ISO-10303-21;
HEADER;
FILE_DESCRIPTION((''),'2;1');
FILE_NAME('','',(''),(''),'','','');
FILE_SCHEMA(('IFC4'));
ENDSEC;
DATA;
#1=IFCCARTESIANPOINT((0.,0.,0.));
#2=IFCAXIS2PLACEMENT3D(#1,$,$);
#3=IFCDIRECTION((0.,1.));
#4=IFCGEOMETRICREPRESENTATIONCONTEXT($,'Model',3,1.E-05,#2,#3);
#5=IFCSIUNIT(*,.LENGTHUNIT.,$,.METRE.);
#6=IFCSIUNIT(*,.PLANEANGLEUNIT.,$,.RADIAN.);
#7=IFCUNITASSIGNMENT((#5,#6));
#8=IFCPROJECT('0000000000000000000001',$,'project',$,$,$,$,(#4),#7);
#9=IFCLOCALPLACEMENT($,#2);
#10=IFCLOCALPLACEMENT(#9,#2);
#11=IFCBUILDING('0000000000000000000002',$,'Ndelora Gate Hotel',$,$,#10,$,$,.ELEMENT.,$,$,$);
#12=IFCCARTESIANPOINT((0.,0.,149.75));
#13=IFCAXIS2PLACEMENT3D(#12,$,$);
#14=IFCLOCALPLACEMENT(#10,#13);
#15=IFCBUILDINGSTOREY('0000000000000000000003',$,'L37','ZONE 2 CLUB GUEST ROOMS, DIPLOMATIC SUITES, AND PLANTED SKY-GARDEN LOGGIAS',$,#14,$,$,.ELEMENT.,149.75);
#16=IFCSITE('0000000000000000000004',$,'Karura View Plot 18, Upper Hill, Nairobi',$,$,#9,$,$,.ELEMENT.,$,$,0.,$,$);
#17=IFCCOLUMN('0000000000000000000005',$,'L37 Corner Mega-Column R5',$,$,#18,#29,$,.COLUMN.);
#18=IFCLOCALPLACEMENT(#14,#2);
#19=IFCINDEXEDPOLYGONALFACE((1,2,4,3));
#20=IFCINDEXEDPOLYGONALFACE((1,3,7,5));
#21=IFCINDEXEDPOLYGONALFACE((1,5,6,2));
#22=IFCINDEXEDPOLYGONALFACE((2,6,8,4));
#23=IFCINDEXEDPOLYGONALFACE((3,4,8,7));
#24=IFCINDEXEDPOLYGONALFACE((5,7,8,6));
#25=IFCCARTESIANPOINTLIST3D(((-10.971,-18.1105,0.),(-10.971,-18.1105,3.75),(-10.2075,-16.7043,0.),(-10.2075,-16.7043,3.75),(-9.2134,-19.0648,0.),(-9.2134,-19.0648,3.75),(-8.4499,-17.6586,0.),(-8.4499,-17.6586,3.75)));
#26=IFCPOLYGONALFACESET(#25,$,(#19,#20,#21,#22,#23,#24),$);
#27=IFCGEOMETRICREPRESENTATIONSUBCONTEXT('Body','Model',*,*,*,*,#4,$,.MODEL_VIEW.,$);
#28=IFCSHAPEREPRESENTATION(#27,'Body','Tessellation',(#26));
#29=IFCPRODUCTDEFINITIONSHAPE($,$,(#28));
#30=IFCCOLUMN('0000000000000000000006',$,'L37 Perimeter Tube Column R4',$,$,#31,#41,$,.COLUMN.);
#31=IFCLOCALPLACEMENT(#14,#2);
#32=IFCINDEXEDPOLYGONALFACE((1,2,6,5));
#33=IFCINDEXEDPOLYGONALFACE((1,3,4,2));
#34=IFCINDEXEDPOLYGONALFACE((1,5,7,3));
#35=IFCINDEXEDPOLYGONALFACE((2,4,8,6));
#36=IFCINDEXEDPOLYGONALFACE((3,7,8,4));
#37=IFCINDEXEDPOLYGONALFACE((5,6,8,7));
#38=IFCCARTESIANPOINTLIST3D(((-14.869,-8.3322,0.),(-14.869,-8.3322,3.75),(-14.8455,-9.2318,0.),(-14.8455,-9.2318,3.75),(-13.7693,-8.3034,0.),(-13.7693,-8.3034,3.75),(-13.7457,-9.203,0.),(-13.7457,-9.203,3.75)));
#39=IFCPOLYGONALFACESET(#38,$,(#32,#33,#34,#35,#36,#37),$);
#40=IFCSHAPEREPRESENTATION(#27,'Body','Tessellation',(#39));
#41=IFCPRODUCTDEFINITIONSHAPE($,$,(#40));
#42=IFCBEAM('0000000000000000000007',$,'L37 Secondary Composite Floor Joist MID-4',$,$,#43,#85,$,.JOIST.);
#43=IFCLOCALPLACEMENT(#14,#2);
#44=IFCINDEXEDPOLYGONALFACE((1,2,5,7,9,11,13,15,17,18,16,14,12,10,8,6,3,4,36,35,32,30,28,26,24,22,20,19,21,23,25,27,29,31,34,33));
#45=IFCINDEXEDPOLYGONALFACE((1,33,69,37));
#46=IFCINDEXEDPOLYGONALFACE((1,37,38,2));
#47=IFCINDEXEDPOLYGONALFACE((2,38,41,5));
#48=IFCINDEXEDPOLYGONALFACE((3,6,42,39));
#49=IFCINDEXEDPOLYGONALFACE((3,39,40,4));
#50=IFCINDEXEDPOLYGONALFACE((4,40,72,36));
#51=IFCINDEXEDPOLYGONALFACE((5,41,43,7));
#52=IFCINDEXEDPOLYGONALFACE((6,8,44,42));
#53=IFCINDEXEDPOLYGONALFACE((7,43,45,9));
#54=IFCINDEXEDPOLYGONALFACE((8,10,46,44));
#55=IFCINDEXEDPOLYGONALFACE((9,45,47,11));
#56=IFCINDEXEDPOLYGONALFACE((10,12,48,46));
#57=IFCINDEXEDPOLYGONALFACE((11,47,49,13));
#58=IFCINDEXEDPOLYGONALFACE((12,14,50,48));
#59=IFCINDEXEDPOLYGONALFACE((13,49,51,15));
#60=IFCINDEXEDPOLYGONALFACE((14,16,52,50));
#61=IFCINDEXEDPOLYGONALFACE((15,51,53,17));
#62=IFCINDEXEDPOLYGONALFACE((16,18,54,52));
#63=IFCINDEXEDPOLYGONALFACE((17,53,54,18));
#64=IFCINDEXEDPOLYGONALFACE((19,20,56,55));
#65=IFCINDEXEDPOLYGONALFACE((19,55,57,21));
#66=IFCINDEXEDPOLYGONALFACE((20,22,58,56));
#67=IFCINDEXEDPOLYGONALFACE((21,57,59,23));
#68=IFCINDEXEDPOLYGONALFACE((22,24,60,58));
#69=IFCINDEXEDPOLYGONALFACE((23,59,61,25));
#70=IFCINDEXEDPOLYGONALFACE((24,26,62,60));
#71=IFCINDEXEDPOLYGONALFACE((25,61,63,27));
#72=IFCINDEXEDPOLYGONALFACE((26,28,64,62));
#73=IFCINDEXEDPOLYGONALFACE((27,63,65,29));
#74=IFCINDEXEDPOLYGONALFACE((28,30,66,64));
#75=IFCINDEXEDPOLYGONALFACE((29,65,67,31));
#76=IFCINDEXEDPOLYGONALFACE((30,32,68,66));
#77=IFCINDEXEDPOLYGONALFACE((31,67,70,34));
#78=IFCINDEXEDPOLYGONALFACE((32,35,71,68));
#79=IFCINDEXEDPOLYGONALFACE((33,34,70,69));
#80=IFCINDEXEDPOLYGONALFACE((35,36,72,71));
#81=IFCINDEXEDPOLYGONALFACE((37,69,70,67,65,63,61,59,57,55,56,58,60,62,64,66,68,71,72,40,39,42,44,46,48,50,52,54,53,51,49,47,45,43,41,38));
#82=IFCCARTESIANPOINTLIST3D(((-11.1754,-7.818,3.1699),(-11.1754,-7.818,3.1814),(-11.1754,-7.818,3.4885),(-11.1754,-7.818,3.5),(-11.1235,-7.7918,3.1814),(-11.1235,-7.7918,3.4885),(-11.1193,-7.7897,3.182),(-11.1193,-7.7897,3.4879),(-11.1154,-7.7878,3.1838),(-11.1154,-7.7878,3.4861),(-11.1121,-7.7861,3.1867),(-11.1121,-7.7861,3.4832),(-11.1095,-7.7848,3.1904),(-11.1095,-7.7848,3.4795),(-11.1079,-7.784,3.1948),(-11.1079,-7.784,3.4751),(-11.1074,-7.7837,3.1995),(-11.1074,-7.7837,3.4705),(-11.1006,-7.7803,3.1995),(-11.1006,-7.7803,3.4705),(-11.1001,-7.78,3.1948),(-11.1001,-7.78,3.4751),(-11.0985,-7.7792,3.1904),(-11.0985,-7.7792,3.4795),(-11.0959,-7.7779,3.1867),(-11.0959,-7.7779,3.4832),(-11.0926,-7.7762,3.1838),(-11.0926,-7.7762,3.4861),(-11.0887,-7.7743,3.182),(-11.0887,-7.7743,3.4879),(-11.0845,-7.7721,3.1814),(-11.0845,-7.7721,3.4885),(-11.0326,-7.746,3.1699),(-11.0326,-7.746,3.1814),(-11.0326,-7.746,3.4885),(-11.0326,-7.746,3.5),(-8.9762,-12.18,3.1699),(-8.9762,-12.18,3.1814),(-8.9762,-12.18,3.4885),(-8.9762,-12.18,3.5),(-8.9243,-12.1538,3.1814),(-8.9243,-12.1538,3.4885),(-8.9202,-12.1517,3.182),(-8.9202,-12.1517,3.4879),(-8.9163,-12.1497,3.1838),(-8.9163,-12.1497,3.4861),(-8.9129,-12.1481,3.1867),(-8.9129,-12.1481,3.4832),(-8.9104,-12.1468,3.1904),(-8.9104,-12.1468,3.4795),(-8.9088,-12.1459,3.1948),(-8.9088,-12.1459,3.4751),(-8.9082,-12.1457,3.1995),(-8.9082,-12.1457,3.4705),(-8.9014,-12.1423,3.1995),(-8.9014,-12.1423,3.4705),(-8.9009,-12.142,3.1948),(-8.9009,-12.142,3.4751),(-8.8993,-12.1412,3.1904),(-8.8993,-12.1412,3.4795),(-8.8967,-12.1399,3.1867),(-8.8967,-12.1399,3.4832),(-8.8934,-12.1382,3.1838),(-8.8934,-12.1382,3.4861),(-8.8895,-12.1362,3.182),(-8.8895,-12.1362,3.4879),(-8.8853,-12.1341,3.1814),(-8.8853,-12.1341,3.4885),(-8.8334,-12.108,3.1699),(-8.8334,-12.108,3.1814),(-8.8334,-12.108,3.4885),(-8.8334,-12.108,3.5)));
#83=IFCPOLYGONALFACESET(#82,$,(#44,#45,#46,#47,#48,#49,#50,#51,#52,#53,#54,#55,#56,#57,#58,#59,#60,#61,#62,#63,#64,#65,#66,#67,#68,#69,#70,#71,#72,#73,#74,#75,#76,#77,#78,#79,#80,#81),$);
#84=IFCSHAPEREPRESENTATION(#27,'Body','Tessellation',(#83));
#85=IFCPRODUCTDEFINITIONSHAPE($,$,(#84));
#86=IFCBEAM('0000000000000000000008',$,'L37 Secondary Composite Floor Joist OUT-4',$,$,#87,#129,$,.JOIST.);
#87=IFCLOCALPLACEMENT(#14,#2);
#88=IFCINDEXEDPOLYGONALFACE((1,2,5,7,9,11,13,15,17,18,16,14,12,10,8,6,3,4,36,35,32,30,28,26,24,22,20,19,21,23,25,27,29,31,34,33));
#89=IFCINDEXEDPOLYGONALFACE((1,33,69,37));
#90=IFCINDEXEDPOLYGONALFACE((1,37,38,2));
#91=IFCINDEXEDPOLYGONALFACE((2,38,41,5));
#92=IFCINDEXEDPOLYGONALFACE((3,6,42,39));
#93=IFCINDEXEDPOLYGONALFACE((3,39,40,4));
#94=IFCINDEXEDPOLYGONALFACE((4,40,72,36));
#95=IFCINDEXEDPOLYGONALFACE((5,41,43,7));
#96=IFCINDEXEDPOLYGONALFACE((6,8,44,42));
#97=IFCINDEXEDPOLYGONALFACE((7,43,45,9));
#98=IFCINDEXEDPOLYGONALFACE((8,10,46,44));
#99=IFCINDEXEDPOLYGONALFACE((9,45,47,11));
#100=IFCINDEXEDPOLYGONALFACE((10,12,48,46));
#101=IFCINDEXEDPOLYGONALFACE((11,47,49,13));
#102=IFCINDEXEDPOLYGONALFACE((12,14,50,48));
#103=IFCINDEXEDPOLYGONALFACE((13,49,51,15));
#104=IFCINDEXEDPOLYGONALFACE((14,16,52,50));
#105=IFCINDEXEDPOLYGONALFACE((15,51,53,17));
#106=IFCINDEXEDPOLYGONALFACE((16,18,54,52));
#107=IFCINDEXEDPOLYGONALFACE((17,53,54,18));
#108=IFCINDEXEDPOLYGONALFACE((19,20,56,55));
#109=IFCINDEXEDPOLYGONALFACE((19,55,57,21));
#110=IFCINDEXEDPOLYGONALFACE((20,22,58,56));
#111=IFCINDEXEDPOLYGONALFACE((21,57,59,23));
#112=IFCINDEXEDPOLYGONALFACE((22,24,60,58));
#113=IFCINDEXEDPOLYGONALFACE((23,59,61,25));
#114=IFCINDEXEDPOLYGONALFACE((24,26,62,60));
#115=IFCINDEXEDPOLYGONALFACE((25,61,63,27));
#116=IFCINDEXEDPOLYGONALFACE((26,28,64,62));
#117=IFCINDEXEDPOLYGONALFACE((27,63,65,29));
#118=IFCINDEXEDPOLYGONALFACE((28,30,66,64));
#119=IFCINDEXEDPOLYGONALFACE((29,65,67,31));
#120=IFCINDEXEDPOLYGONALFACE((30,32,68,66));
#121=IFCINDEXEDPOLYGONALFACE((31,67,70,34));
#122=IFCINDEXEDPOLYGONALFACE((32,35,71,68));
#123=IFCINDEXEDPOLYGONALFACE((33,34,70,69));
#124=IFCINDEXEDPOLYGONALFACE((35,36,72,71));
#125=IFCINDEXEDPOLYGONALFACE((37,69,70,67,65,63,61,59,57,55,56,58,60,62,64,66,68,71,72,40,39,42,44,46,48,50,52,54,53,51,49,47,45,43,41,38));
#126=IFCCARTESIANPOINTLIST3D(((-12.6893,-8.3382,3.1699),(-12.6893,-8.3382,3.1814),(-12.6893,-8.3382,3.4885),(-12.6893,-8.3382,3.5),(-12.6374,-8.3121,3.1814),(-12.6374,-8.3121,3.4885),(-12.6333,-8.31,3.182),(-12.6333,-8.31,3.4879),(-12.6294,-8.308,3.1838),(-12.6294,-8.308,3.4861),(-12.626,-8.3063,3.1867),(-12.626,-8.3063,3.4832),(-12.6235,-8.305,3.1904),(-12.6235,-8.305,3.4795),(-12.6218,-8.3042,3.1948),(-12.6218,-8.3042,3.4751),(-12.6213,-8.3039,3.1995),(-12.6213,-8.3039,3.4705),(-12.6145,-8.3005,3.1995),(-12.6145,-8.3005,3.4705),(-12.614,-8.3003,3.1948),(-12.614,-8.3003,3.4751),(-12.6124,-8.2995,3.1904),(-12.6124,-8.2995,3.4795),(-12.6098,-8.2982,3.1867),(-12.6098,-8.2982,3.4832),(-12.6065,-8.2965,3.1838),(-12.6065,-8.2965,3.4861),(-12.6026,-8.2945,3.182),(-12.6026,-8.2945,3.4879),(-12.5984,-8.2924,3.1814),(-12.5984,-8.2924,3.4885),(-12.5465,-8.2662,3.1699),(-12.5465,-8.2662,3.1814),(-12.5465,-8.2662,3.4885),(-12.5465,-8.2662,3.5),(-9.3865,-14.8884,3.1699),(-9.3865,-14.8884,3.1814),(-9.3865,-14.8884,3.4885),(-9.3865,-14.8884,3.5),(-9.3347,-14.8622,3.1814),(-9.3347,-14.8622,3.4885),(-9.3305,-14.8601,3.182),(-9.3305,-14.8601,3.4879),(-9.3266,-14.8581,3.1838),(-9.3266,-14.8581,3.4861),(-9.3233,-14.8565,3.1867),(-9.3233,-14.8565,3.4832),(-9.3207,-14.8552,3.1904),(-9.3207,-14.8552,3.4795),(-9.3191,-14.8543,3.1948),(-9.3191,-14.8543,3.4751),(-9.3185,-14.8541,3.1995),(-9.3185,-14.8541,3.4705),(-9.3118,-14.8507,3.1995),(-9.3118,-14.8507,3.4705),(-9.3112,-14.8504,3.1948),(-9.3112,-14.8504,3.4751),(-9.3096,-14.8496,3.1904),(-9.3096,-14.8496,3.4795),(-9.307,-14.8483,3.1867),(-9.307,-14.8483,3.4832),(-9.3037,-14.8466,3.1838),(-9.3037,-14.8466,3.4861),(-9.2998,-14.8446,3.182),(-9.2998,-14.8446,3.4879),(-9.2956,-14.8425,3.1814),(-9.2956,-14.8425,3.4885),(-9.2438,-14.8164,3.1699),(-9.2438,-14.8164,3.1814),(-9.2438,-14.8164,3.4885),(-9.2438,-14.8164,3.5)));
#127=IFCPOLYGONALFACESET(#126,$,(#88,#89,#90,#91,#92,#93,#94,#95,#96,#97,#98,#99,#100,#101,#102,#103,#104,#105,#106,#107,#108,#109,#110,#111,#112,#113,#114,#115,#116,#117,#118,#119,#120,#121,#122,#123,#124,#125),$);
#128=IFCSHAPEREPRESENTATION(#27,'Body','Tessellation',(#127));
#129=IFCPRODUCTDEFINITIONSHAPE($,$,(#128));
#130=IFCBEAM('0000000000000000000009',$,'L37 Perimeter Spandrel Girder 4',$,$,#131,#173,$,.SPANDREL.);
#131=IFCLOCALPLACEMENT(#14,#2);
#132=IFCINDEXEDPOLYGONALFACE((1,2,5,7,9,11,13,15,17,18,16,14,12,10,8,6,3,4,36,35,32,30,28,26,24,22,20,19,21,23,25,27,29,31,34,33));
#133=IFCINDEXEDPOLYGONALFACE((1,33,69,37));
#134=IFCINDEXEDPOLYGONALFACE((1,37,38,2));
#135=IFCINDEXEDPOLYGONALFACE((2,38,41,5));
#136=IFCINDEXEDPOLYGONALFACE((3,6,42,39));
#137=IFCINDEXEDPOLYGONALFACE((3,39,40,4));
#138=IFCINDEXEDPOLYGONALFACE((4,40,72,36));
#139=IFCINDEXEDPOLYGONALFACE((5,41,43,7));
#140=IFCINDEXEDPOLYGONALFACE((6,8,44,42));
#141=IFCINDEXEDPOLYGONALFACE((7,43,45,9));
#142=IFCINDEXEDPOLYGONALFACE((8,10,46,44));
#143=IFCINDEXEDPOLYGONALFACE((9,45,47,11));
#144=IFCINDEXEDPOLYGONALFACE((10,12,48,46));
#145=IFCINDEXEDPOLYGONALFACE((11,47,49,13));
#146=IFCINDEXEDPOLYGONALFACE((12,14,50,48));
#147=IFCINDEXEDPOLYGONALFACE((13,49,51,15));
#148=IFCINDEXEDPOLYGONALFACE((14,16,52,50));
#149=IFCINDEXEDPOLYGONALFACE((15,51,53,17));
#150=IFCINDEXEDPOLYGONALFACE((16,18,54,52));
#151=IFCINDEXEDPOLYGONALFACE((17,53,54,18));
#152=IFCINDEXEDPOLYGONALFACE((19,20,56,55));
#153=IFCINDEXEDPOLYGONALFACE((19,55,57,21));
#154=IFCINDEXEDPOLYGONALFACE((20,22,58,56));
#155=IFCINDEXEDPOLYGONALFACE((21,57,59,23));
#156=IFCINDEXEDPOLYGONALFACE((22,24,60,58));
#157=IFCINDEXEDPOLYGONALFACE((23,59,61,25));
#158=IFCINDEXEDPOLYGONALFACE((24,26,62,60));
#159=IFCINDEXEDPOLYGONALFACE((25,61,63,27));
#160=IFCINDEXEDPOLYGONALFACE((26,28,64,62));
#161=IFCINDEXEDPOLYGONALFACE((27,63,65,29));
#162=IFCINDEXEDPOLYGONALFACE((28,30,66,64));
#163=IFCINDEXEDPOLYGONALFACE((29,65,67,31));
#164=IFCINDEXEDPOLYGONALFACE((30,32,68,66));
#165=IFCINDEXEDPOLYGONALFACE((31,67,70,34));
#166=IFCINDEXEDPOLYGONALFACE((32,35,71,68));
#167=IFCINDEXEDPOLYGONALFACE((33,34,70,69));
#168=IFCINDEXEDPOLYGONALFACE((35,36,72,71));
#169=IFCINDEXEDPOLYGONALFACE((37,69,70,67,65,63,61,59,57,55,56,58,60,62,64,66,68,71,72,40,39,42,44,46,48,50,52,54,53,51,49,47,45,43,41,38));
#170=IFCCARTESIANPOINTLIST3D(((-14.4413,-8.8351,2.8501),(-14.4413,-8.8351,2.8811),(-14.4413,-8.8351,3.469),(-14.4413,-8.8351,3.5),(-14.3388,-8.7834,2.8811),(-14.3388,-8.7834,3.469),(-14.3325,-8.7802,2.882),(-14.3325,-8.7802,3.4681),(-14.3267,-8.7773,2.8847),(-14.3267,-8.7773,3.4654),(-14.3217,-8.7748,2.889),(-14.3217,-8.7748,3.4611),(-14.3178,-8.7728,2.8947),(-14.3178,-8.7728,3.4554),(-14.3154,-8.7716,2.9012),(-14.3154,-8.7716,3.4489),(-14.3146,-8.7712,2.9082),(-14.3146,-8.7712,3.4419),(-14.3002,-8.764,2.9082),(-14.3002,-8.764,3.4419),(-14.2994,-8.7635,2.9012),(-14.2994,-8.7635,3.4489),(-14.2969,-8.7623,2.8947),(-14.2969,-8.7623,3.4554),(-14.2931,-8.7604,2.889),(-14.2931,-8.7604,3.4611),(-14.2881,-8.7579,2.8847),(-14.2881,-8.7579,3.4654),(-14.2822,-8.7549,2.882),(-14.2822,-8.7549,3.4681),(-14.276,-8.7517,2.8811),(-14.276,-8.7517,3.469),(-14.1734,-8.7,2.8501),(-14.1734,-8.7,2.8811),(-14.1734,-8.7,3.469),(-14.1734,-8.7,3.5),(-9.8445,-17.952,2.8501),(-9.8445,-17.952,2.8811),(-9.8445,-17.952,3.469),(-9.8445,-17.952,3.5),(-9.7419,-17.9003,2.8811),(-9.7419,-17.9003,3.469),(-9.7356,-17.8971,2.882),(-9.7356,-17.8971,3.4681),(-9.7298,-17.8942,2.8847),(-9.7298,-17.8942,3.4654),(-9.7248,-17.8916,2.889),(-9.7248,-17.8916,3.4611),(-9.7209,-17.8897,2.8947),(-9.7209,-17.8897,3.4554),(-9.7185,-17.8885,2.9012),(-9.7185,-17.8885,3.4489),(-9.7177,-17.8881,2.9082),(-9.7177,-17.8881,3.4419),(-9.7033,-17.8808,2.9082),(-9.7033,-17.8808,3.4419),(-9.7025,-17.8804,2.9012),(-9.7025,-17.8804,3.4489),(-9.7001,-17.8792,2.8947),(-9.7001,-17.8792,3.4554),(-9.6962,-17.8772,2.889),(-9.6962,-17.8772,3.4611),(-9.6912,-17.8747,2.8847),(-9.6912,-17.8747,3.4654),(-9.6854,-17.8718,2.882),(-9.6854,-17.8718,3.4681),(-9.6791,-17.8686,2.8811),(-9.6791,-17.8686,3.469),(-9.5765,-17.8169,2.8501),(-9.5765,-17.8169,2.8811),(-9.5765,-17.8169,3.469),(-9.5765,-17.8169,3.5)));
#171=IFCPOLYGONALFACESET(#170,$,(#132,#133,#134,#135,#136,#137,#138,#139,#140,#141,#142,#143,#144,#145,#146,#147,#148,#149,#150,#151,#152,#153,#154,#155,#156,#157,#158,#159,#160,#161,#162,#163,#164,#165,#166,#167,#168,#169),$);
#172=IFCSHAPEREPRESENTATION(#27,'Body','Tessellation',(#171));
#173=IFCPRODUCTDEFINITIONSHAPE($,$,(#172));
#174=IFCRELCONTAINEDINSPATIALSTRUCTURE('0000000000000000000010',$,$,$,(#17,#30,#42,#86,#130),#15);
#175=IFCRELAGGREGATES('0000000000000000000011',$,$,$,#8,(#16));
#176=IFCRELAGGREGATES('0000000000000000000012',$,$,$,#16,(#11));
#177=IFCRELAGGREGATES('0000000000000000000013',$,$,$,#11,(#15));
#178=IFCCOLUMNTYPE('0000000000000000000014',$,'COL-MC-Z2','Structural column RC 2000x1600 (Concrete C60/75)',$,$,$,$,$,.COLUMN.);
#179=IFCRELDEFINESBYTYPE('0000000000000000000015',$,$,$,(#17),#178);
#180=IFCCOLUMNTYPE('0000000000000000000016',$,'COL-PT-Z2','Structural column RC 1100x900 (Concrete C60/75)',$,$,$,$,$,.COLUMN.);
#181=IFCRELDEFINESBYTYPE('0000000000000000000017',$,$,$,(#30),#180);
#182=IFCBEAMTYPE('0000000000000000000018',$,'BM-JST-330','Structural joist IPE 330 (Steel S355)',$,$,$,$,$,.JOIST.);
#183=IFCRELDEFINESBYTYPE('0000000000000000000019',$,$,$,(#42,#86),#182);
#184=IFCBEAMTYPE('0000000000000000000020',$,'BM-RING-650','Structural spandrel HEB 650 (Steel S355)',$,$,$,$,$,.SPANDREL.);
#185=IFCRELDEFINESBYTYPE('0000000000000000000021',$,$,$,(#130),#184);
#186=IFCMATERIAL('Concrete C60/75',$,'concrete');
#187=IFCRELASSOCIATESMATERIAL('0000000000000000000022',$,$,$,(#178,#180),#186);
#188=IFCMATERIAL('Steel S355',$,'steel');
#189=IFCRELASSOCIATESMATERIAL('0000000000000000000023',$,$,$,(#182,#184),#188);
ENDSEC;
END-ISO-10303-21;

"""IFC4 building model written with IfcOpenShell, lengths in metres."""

from ifc_helpers import new_model, si_unit, direction, frame, origin, origin_2d, place, context, subcontext, project, spatial, rectangle, i_section, extrude, material, material_profile, profile_set, type_object, element, save


model = new_model("IFC4")

# Units and contexts
model_context = context("Model", 3, precision=1e-05, world=origin(), true_north=direction((0.0, 1.0)))
body_context = subcontext(model_context, "Body", "Model", "MODEL_VIEW")
ifc_project = project(units=[si_unit("LENGTHUNIT", "METRE"), si_unit("PLANEANGLEUNIT", "RADIAN")], contexts=[model_context])

# Site, building, storey
site_placement = place(None, origin())
site = spatial("IfcSite", under=ifc_project, at=site_placement, Name="Karura View Plot 18, Upper Hill, Nairobi", CompositionType="ELEMENT", RefElevation=0.0)
building_placement = place(site_placement, origin())
building = spatial("IfcBuilding", under=site, at=building_placement, Name="Ndelora Gate Hotel", CompositionType="ELEMENT")
storey_placement = place(building_placement, frame((0.0, 0.0, 149.75)))
storey = spatial("IfcBuildingStorey", under=building, at=storey_placement, Name="L37", Description="ZONE 2 CLUB GUEST ROOMS, DIPLOMATIC SUITES, AND PLANTED SKY-GARDEN LOGGIAS", CompositionType="ELEMENT", Elevation=149.75)

# Columns
ifc_material_1 = material(Name="Concrete C60/75", Category="concrete")
ifc_material_profile_1 = material_profile(ifc_material_1, rectangle(XDim=1.6001, YDim=2.0, at=origin_2d()), Name="RC 2000x1600")
ifc_profile_set_1 = profile_set([ifc_material_profile_1], Name="Concrete C60/75")
column_type_1 = type_object("IfcColumnType", Name="COL-MC-Z2", Description="Structural column RC 2000x1600 (Concrete C60/75)", PredefinedType="COLUMN", material=ifc_profile_set_1)
column_1_placement = place(storey_placement, frame((-9.7104, -17.8845, 0.0), z_axis=(0.0, 0.0, 1.0), x_axis=(0.477159, 0.878817, 0.0)))
element("IfcColumn", 1, at=column_1_placement, inside=storey, type_object=column_type_1, Name="L37 Corner Mega-Column R5", PredefinedType="COLUMN", context=body_context, shape_type="SweptSolid", body=[
    extrude(rectangle(XDim=1.6001, YDim=2.0, at=origin_2d()), origin(), (0.0, 0.0, 1.0), 3.75),
])
ifc_material_profile_2 = material_profile(ifc_material_1, rectangle(XDim=0.8999, YDim=1.1001, at=origin_2d()), Name="RC 1100x900")
ifc_profile_set_2 = profile_set([ifc_material_profile_2], Name="Concrete C60/75")
column_type_2 = type_object("IfcColumnType", Name="COL-PT-Z2", Description="Structural column RC 1100x900 (Concrete C60/75)", PredefinedType="COLUMN", material=ifc_profile_set_2)
column_2_placement = place(storey_placement, frame((-14.3074, -8.7676, 0.0), z_axis=(0.0, 0.0, 1.0), x_axis=(-0.026177, 0.999657, 0.0)))
element("IfcColumn", 2, at=column_2_placement, inside=storey, type_object=column_type_2, Name="L37 Perimeter Tube Column R4", PredefinedType="COLUMN", context=body_context, shape_type="SweptSolid", body=[
    extrude(rectangle(XDim=0.8999, YDim=1.1001, at=origin_2d()), origin(), (0.0, 0.0, 1.0), 3.75),
])

# Beams
ifc_material_2 = material(Name="Steel S355", Category="steel")
ifc_material_profile_3 = material_profile(ifc_material_2, i_section(OverallWidth=0.1599, OverallDepth=0.3301, WebThickness=0.0076, FlangeThickness=0.0115, FilletRadius=0.0181, at=origin_2d()), Name="IPE 330")
ifc_profile_set_3 = profile_set([ifc_material_profile_3], Name="Steel S355")
beam_type_1 = type_object("IfcBeamType", Name="BM-JST-330", Description="Structural joist IPE 330 (Steel S355)", PredefinedType="JOIST", material=ifc_profile_set_3)
beam_1_placement = place(storey_placement, frame((-11.104, -7.782, 3.335), z_axis=(0.45019, -0.892933, 0.0), x_axis=(0.892933, 0.45019, 0.0)))
element("IfcBeam", 3, at=beam_1_placement, inside=storey, type_object=beam_type_1, Name="L37 Secondary Composite Floor Joist MID-4", PredefinedType="JOIST", context=body_context, shape_type="SweptSolid", body=[
    extrude(i_section(OverallWidth=0.1599, OverallDepth=0.3301, WebThickness=0.0076, FlangeThickness=0.0115, FilletRadius=0.0181, at=origin_2d()), origin(), (0.0, 0.0, 1.0), 4.885),
])
beam_2_placement = place(storey_placement, frame((-12.6179, -8.3022, 3.335), z_axis=(0.450233, -0.892911, 0.0), x_axis=(0.892911, 0.450233, 0.0)))
element("IfcBeam", 4, at=beam_2_placement, inside=storey, type_object=beam_type_1, Name="L37 Secondary Composite Floor Joist OUT-4", PredefinedType="JOIST", context=body_context, shape_type="SweptSolid", body=[
    extrude(i_section(OverallWidth=0.1599, OverallDepth=0.3301, WebThickness=0.0076, FlangeThickness=0.0115, FilletRadius=0.0181, at=origin_2d()), origin(), (0.0, 0.0, 1.0), 7.3357),
])
ifc_material_profile_4 = material_profile(ifc_material_2, i_section(OverallWidth=0.3, OverallDepth=0.6499, WebThickness=0.0161, FlangeThickness=0.031, FilletRadius=0.0271, at=origin_2d()), Name="HEB 650")
ifc_profile_set_4 = profile_set([ifc_material_profile_4], Name="Steel S355")
beam_type_2 = type_object("IfcBeamType", Name="BM-RING-650", Description="Structural spandrel HEB 650 (Steel S355)", PredefinedType="SPANDREL", material=ifc_profile_set_4)
for number, where, z_axis, x_axis, name in (
    (5, (-14.3074, -8.7676, 3.175), (0.450224, -0.892916, 0.0), (0.892916, 0.450224, 0.0), "L37 Perimeter Spandrel Girder 4"),
):
    element("IfcBeam", number, at=place(storey_placement, frame(where, z_axis=z_axis, x_axis=x_axis)), inside=storey, type_object=beam_type_2, Name=name, PredefinedType="SPANDREL", context=body_context, shape_type="SweptSolid", body=[
        extrude(i_section(OverallWidth=0.3, OverallDepth=0.6499, WebThickness=0.0161, FlangeThickness=0.031, FilletRadius=0.0271, at=origin_2d()), origin(), (0.0, 0.0, 1.0), 10.2102),
    ])

save(model, "model.ifc")
